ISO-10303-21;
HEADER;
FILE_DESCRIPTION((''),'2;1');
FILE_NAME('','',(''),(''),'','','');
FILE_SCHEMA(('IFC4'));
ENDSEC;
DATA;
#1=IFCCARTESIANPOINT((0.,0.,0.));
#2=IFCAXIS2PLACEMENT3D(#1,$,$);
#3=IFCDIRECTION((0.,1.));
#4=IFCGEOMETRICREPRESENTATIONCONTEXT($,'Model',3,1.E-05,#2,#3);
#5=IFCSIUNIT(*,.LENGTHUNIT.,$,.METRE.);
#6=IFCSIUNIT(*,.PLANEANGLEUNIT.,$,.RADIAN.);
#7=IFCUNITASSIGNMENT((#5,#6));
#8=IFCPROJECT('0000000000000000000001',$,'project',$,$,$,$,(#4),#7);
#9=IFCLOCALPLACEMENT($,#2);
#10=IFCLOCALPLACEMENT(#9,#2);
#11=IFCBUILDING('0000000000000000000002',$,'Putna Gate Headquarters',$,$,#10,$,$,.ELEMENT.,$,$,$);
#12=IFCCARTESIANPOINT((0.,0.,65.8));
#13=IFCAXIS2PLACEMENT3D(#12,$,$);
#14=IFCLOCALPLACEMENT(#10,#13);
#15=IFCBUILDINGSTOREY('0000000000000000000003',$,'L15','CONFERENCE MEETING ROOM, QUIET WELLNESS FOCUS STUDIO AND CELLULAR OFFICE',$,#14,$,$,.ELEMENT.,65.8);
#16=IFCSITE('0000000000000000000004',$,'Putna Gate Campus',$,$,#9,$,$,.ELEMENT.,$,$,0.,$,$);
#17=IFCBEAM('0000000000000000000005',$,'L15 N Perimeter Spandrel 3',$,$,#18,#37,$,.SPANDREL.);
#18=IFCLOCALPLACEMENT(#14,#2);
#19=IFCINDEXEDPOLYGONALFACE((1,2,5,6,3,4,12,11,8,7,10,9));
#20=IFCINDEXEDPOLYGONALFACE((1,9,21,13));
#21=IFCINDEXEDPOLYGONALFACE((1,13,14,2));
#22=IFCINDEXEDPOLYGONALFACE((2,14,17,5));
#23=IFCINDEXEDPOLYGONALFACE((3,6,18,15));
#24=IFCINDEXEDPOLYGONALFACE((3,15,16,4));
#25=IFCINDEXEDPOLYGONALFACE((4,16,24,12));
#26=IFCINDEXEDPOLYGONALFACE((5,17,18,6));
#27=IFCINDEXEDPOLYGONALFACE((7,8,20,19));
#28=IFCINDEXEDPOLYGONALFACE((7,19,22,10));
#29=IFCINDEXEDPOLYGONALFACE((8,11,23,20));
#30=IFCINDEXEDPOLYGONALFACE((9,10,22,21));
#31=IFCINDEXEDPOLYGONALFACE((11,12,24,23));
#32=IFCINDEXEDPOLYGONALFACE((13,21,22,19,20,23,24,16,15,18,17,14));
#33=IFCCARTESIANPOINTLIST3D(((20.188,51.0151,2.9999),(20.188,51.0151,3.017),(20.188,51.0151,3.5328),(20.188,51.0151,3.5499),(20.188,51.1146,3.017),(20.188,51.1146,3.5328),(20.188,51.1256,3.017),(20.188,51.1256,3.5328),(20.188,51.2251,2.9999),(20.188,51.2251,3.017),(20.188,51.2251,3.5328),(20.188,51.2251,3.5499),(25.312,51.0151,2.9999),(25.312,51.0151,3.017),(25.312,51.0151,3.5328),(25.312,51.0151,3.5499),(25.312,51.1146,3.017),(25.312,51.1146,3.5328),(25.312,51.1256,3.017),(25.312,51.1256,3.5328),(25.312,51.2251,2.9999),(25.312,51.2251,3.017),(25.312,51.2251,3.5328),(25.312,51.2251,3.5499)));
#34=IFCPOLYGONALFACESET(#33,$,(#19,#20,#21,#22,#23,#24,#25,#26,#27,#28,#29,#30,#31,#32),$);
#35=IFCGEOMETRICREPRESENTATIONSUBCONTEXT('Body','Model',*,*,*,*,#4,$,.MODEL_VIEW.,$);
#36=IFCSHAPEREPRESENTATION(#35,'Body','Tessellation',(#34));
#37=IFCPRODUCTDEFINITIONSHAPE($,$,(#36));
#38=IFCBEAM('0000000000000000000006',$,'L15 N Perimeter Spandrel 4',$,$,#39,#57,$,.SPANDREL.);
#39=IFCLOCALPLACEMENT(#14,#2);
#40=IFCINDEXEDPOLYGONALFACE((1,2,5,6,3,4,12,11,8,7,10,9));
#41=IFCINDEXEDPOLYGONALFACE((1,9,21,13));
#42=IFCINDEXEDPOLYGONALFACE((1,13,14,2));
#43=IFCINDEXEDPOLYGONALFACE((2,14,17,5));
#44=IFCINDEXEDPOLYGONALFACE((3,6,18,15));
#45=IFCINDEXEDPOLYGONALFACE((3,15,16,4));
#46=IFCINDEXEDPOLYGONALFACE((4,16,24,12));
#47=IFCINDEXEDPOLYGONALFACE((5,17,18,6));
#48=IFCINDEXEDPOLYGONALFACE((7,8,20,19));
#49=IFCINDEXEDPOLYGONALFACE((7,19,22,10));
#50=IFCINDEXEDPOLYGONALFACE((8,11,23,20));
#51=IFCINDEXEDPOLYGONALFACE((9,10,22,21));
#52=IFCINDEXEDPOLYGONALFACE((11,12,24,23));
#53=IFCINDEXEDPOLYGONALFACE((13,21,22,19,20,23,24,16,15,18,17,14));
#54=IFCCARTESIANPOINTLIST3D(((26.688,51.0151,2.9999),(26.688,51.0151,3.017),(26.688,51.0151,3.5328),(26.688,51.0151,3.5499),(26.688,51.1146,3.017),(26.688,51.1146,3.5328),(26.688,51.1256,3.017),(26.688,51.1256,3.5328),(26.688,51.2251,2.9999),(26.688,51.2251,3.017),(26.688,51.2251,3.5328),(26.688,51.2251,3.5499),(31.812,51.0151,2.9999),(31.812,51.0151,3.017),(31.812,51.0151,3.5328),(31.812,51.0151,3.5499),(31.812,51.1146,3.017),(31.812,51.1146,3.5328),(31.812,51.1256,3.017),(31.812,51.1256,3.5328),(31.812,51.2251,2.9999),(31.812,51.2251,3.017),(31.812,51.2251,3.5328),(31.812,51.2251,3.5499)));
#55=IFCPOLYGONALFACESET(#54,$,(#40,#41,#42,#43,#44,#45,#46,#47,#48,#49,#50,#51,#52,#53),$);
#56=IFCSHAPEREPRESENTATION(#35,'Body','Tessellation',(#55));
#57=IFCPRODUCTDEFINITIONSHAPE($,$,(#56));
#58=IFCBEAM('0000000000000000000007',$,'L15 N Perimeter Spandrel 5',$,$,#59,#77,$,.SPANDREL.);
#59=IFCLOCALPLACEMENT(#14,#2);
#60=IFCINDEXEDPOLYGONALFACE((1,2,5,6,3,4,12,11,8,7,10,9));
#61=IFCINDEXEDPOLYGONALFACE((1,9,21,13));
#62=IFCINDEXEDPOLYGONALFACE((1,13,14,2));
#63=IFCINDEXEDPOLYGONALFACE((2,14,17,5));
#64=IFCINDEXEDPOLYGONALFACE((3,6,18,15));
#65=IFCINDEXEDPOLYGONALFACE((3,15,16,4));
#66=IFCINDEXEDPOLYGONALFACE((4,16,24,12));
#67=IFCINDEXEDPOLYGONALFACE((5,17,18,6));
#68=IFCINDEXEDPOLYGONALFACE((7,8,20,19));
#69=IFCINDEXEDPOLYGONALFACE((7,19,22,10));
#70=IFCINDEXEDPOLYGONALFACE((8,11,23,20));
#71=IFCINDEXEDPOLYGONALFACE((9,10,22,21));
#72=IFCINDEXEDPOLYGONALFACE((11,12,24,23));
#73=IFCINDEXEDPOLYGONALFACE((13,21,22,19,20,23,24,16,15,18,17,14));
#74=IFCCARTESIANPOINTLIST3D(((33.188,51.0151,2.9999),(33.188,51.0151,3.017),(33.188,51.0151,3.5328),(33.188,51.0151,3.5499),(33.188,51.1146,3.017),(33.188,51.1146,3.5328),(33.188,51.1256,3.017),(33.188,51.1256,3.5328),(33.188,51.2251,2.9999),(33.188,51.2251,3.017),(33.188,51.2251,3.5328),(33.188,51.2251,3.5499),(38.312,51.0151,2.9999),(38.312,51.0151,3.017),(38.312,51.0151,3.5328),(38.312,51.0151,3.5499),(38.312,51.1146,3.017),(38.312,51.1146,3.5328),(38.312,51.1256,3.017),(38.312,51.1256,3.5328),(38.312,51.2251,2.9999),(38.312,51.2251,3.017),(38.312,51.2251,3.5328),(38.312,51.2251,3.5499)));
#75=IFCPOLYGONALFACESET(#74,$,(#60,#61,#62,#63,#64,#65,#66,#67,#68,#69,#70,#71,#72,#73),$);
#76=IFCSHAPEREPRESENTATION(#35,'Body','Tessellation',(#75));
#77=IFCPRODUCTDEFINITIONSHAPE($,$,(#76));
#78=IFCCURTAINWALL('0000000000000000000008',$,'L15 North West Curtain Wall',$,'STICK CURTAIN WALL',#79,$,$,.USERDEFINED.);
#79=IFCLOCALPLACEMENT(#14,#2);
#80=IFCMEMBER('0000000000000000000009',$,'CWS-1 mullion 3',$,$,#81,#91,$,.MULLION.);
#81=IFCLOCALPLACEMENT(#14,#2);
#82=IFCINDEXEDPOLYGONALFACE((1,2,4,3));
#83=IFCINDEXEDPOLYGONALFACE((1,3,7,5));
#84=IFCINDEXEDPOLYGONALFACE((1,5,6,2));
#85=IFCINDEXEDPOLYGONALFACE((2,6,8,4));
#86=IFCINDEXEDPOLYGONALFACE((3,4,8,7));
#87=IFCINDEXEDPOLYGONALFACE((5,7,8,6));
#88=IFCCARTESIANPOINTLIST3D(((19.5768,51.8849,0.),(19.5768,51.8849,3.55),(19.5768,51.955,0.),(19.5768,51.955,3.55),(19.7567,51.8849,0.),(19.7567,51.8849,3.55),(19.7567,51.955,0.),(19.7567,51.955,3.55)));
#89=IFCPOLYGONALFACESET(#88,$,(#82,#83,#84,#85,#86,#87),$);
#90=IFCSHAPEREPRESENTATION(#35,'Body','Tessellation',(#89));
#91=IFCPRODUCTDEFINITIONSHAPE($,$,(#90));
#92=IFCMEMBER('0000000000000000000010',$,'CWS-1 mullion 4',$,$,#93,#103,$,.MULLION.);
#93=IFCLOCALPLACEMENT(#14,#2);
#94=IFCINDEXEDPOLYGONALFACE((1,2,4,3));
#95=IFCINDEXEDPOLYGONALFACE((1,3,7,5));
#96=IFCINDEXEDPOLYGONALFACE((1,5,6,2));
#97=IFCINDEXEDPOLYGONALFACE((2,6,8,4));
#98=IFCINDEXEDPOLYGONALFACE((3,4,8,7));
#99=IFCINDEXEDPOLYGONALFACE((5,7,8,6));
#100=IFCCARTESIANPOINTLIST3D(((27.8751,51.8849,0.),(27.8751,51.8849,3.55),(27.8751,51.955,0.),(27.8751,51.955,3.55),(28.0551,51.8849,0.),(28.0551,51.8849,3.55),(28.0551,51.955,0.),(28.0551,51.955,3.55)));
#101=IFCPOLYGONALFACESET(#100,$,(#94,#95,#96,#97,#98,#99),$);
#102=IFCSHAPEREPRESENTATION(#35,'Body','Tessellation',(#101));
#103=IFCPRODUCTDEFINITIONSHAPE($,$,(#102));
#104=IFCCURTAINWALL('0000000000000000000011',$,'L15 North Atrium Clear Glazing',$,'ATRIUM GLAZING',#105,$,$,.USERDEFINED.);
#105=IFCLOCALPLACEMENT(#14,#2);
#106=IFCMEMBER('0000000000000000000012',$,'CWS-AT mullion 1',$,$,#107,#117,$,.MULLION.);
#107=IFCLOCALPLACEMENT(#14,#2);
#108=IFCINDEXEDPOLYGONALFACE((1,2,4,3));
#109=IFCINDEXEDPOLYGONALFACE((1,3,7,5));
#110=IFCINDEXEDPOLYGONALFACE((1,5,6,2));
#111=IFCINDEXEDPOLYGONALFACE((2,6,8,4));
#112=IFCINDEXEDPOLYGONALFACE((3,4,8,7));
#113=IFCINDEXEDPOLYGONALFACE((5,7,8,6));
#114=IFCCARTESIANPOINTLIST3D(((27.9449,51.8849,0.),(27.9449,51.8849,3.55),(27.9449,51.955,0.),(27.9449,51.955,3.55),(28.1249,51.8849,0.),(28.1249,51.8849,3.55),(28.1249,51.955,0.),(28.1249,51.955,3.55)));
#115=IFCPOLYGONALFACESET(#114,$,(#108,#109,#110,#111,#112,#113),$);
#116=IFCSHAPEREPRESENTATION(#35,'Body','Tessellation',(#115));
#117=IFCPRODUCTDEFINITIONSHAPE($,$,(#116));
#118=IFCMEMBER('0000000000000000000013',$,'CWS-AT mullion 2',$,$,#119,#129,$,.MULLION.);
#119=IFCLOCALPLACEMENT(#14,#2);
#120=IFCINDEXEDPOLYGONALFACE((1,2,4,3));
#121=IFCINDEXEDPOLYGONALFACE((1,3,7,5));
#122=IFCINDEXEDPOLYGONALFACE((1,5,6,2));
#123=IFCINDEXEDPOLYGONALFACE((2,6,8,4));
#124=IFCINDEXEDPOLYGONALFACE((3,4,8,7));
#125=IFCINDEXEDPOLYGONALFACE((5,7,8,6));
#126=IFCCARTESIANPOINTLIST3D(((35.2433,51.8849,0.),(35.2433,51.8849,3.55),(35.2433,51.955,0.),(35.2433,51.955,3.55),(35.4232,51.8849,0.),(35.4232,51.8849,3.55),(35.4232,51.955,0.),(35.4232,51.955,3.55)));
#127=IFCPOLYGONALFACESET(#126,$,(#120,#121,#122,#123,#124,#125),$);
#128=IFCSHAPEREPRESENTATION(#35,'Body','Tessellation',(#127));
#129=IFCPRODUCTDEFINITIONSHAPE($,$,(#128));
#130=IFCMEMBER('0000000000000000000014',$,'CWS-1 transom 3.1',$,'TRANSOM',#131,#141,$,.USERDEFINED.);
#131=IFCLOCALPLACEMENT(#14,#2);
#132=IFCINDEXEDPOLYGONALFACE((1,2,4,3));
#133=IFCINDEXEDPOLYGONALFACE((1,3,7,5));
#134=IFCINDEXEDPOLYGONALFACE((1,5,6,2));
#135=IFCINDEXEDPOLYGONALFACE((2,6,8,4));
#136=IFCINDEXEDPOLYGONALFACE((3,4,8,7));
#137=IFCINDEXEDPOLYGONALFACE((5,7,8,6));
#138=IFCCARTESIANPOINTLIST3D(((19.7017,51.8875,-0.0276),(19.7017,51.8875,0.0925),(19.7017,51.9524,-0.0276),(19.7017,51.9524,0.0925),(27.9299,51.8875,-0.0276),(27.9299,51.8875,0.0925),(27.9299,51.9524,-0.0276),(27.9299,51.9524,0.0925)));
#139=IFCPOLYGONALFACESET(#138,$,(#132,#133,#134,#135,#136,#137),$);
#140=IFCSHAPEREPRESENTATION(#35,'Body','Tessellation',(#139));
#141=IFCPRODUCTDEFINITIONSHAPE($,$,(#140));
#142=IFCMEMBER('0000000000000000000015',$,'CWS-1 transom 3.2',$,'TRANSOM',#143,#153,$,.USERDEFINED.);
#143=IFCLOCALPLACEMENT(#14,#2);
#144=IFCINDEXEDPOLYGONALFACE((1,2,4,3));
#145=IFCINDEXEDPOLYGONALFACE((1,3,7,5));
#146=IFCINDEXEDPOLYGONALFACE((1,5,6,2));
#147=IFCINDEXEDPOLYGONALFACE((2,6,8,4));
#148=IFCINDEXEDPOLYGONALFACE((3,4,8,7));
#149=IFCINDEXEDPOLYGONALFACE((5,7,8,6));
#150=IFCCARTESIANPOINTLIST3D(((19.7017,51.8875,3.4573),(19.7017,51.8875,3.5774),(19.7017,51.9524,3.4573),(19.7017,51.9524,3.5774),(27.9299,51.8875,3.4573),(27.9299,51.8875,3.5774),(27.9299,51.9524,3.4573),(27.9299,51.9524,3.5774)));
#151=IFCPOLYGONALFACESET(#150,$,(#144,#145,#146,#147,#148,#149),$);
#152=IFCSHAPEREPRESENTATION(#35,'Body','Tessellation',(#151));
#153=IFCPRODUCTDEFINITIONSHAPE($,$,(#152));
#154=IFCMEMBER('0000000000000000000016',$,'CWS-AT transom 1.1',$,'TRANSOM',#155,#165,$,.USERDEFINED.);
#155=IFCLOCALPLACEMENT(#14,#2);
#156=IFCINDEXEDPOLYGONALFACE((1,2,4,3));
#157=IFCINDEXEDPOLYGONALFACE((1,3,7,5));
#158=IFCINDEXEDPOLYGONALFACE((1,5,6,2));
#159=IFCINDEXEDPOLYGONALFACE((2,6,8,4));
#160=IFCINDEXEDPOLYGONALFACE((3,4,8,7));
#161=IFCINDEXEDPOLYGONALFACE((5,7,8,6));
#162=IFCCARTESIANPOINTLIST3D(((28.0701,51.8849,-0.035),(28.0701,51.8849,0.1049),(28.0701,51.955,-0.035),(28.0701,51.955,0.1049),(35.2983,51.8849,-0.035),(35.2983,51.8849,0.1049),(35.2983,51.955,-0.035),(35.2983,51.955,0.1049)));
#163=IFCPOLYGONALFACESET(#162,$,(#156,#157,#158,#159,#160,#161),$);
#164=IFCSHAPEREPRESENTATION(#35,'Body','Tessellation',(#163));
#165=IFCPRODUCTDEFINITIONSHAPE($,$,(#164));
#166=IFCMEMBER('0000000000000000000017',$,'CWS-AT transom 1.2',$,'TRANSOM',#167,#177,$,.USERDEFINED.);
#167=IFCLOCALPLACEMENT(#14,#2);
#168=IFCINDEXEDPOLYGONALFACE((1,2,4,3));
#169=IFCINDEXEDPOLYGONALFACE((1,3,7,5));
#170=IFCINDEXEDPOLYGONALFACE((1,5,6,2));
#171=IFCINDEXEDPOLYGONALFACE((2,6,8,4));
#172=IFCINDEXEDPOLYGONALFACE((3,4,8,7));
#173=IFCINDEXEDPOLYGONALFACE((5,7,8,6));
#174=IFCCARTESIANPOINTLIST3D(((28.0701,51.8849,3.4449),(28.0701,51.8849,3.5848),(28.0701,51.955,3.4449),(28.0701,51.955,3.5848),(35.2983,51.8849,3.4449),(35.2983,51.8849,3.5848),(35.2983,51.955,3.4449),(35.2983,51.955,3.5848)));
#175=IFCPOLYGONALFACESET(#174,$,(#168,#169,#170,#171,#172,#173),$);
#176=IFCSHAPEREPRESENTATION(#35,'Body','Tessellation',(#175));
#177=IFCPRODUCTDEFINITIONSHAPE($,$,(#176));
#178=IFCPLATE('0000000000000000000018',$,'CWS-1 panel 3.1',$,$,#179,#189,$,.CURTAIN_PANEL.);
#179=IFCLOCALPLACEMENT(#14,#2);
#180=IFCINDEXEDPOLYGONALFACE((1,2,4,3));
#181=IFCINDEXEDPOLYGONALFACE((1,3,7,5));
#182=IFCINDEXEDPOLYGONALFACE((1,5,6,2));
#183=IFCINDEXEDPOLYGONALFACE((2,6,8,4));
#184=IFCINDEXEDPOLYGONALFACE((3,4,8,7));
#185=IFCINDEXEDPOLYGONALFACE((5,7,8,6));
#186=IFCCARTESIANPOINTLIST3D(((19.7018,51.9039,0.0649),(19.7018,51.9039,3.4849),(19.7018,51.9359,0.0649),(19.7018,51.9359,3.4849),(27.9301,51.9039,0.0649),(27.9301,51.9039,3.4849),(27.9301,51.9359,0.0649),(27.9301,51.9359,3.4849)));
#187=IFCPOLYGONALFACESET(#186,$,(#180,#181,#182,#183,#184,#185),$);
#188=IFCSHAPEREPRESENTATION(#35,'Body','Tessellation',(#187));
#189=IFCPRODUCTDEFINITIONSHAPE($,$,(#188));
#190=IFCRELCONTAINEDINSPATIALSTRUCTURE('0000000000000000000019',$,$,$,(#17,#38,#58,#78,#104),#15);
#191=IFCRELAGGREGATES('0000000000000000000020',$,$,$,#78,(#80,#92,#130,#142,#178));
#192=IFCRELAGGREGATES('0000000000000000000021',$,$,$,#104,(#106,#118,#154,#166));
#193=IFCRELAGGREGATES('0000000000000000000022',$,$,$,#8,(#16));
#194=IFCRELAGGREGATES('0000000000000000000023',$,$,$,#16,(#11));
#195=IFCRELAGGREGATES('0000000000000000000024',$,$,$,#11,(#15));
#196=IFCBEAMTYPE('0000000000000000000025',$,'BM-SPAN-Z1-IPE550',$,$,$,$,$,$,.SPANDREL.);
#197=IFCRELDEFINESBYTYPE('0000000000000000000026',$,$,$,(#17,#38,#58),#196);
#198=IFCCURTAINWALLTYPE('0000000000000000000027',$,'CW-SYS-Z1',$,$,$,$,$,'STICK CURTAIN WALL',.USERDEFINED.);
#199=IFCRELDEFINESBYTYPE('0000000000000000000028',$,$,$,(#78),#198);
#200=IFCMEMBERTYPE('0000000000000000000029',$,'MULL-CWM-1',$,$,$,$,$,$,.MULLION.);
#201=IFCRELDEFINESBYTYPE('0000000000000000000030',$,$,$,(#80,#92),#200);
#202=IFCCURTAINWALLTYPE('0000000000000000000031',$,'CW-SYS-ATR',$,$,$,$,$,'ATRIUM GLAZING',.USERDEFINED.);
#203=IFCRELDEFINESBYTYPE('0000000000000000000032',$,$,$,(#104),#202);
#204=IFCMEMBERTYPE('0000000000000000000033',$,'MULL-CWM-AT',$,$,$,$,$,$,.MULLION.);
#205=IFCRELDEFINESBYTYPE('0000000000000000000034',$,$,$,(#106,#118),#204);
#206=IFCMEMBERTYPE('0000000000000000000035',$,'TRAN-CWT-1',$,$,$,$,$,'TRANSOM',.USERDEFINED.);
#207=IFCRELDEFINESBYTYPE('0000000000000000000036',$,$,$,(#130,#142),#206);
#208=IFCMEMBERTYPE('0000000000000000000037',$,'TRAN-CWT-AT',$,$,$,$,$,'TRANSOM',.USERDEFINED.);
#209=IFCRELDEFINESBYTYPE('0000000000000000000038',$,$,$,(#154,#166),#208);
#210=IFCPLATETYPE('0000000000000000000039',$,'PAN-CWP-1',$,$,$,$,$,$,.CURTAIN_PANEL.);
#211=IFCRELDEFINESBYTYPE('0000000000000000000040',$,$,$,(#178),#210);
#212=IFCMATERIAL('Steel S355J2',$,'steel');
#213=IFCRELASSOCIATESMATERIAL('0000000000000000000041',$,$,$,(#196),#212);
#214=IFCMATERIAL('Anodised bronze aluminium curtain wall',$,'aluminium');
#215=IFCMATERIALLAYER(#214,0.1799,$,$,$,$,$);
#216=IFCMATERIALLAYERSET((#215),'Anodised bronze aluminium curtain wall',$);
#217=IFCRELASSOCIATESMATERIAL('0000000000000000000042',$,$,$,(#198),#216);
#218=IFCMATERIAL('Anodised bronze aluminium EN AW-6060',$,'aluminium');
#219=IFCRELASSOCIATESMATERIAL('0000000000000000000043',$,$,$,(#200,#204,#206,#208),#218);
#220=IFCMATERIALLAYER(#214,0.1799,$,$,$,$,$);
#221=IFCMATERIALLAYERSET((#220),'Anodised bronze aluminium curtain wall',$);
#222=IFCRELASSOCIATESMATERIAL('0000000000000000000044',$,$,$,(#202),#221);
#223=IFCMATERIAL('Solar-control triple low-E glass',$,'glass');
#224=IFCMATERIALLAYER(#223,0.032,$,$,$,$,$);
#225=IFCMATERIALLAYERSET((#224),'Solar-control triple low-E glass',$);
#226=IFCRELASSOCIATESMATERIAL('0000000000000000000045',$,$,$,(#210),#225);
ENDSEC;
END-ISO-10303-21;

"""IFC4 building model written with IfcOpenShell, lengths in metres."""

from ifc_helpers import new_model, si_unit, direction, frame, origin, origin_2d, place, context, subcontext, project, spatial, rectangle, i_section, extrude, material, layer, layer_set, material_profile, profile_set, type_object, element, aggregate, save


model = new_model("IFC4")

# Units and contexts
model_context = context("Model", 3, precision=1e-05, world=origin(), true_north=direction((0.0, 1.0)))
body_context = subcontext(model_context, "Body", "Model", "MODEL_VIEW")
ifc_project = project(units=[si_unit("LENGTHUNIT", "METRE"), si_unit("PLANEANGLEUNIT", "RADIAN")], contexts=[model_context])

# Site, building, storey
site_placement = place(None, origin())
site = spatial("IfcSite", under=ifc_project, at=site_placement, Name="Putna Gate Campus", CompositionType="ELEMENT", RefElevation=0.0)
building_placement = place(site_placement, origin())
building = spatial("IfcBuilding", under=site, at=building_placement, Name="Putna Gate Headquarters", CompositionType="ELEMENT")
storey_placement = place(building_placement, frame((0.0, 0.0, 65.8)))
storey = spatial("IfcBuildingStorey", under=building, at=storey_placement, Name="L15", Description="CONFERENCE MEETING ROOM, QUIET WELLNESS FOCUS STUDIO AND CELLULAR OFFICE", CompositionType="ELEMENT", Elevation=65.8)

# Beams
ifc_material_1 = material(Name="Steel S355J2", Category="steel")
ifc_material_profile_1 = material_profile(ifc_material_1, i_section(OverallWidth=0.21, OverallDepth=0.55, WebThickness=0.011, FlangeThickness=0.0171, at=origin_2d()), Name="Steel S355J2")
ifc_profile_set_1 = profile_set([ifc_material_profile_1], Name="Steel S355J2")
beam_type_1 = type_object("IfcBeamType", Name="BM-SPAN-Z1-IPE550", PredefinedType="SPANDREL", material=ifc_profile_set_1)
for number, where, z_axis, x_axis, name in (
    (1, (20.188, 51.1201, 3.2749), (1.0, 0.0, 0.0), (0.0, 1.0, 0.0), "L15 N Perimeter Spandrel 3"),
    (2, (26.688, 51.1201, 3.2749), (1.0, 0.0, 0.0), (0.0, 1.0, 0.0), "L15 N Perimeter Spandrel 4"),
    (3, (33.188, 51.1201, 3.2749), (1.0, 0.0, 0.0), (0.0, 1.0, 0.0), "L15 N Perimeter Spandrel 5"),
):
    element("IfcBeam", number, at=place(storey_placement, frame(where, z_axis=z_axis, x_axis=x_axis)), inside=storey, type_object=beam_type_1, Name=name, PredefinedType="SPANDREL", context=body_context, shape_type="SweptSolid", body=[
        extrude(i_section(OverallWidth=0.21, OverallDepth=0.55, WebThickness=0.011, FlangeThickness=0.0171, at=origin_2d()), origin(), (0.0, 0.0, 1.0), 5.124),
    ])

# Curtain walls, members
ifc_material_2 = material(Name="Anodised bronze aluminium curtain wall", Category="aluminium")
ifc_layer_1 = layer(ifc_material_2, 0.1799)
ifc_layer_set_1 = layer_set([ifc_layer_1], Name="Anodised bronze aluminium curtain wall")
curtain_wall_type_1 = type_object("IfcCurtainWallType", Name="CW-SYS-Z1", ElementType="STICK CURTAIN WALL", PredefinedType="USERDEFINED", material=ifc_layer_set_1)
curtain_wall_1_placement = place(storey_placement, origin())
curtain_wall_1 = element("IfcCurtainWall", 4, at=curtain_wall_1_placement, inside=storey, type_object=curtain_wall_type_1, Name="L15 North West Curtain Wall", ObjectType="STICK CURTAIN WALL", PredefinedType="USERDEFINED")
ifc_material_3 = material(Name="Anodised bronze aluminium EN AW-6060", Category="aluminium")
ifc_material_profile_2 = material_profile(ifc_material_3, rectangle(XDim=0.0701, YDim=0.1799, at=origin_2d()), Name="Anodised bronze aluminium EN AW-6060")
ifc_profile_set_2 = profile_set([ifc_material_profile_2], Name="Anodised bronze aluminium EN AW-6060")
member_type_1 = type_object("IfcMemberType", Name="MULL-CWM-1", PredefinedType="MULLION", material=ifc_profile_set_2)
member_1_placement = place(storey_placement, frame((19.6667, 51.9199, 0.0), z_axis=(0.0, 0.0, 1.0), x_axis=(0.0, 1.0, 0.0)))
member_1 = element("IfcMember", 5, at=member_1_placement, type_object=member_type_1, Name="CWS-1 mullion 3", PredefinedType="MULLION", context=body_context, shape_type="SweptSolid", body=[
    extrude(rectangle(XDim=0.0701, YDim=0.1799, at=origin_2d()), origin(), (0.0, 0.0, 1.0), 3.55),
])
member_2_placement = place(storey_placement, frame((27.9651, 51.9199, 0.0), z_axis=(0.0, 0.0, 1.0), x_axis=(0.0, 1.0, 0.0)))
member_2 = element("IfcMember", 6, at=member_2_placement, type_object=member_type_1, Name="CWS-1 mullion 4", PredefinedType="MULLION", context=body_context, shape_type="SweptSolid", body=[
    extrude(rectangle(XDim=0.0701, YDim=0.1799, at=origin_2d()), origin(), (0.0, 0.0, 1.0), 3.55),
])
ifc_layer_2 = layer(ifc_material_2, 0.1799)
ifc_layer_set_2 = layer_set([ifc_layer_2], Name="Anodised bronze aluminium curtain wall")
curtain_wall_type_2 = type_object("IfcCurtainWallType", Name="CW-SYS-ATR", ElementType="ATRIUM GLAZING", PredefinedType="USERDEFINED", material=ifc_layer_set_2)
curtain_wall_2_placement = place(storey_placement, origin())
curtain_wall_2 = element("IfcCurtainWall", 7, at=curtain_wall_2_placement, inside=storey, type_object=curtain_wall_type_2, Name="L15 North Atrium Clear Glazing", ObjectType="ATRIUM GLAZING", PredefinedType="USERDEFINED")
ifc_material_profile_3 = material_profile(ifc_material_3, rectangle(XDim=0.0701, YDim=0.1799, at=origin_2d()), Name="Anodised bronze aluminium EN AW-6060")
ifc_profile_set_3 = profile_set([ifc_material_profile_3], Name="Anodised bronze aluminium EN AW-6060")
member_type_2 = type_object("IfcMemberType", Name="MULL-CWM-AT", PredefinedType="MULLION", material=ifc_profile_set_3)
member_3_placement = place(storey_placement, frame((28.0349, 51.9199, 0.0), z_axis=(0.0, 0.0, 1.0), x_axis=(0.0, 1.0, 0.0)))
member_3 = element("IfcMember", 8, at=member_3_placement, type_object=member_type_2, Name="CWS-AT mullion 1", PredefinedType="MULLION", context=body_context, shape_type="SweptSolid", body=[
    extrude(rectangle(XDim=0.0701, YDim=0.1799, at=origin_2d()), origin(), (0.0, 0.0, 1.0), 3.55),
])
member_4_placement = place(storey_placement, frame((35.3333, 51.9199, 0.0), z_axis=(0.0, 0.0, 1.0), x_axis=(0.0, 1.0, 0.0)))
member_4 = element("IfcMember", 9, at=member_4_placement, type_object=member_type_2, Name="CWS-AT mullion 2", PredefinedType="MULLION", context=body_context, shape_type="SweptSolid", body=[
    extrude(rectangle(XDim=0.0701, YDim=0.1799, at=origin_2d()), origin(), (0.0, 0.0, 1.0), 3.55),
])

# Members
ifc_material_profile_4 = material_profile(ifc_material_3, rectangle(XDim=0.0649, YDim=0.1201, at=origin_2d()), Name="Anodised bronze aluminium EN AW-6060")
ifc_profile_set_4 = profile_set([ifc_material_profile_4], Name="Anodised bronze aluminium EN AW-6060")
member_type_3 = type_object("IfcMemberType", Name="TRAN-CWT-1", ElementType="TRANSOM", PredefinedType="USERDEFINED", material=ifc_profile_set_4)
member_5_placement = place(storey_placement, frame((19.7017, 51.9199, 0.0325), z_axis=(1.0, 0.0, 0.0), x_axis=(0.0, 1.0, 0.0)))
member_5 = element("IfcMember", 10, at=member_5_placement, type_object=member_type_3, Name="CWS-1 transom 3.1", ObjectType="TRANSOM", PredefinedType="USERDEFINED", context=body_context, shape_type="SweptSolid", body=[
    extrude(rectangle(XDim=0.0649, YDim=0.1201, at=origin_2d()), origin(), (0.0, 0.0, 1.0), 8.2283),
])
member_6_placement = place(storey_placement, frame((19.7017, 51.9199, 3.5173), z_axis=(1.0, 0.0, 0.0), x_axis=(0.0, 1.0, 0.0)))
member_6 = element("IfcMember", 11, at=member_6_placement, type_object=member_type_3, Name="CWS-1 transom 3.2", ObjectType="TRANSOM", PredefinedType="USERDEFINED", context=body_context, shape_type="SweptSolid", body=[
    extrude(rectangle(XDim=0.0649, YDim=0.1201, at=origin_2d()), origin(), (0.0, 0.0, 1.0), 8.2283),
])
ifc_material_profile_5 = material_profile(ifc_material_3, rectangle(XDim=0.0701, YDim=0.1399, at=origin_2d()), Name="Anodised bronze aluminium EN AW-6060")
ifc_profile_set_5 = profile_set([ifc_material_profile_5], Name="Anodised bronze aluminium EN AW-6060")
member_type_4 = type_object("IfcMemberType", Name="TRAN-CWT-AT", ElementType="TRANSOM", PredefinedType="USERDEFINED", material=ifc_profile_set_5)
member_7_placement = place(storey_placement, frame((28.0701, 51.9199, 0.0349), z_axis=(1.0, 0.0, 0.0), x_axis=(0.0, 1.0, 0.0)))
member_7 = element("IfcMember", 12, at=member_7_placement, type_object=member_type_4, Name="CWS-AT transom 1.1", ObjectType="TRANSOM", PredefinedType="USERDEFINED", context=body_context, shape_type="SweptSolid", body=[
    extrude(rectangle(XDim=0.0701, YDim=0.1399, at=origin_2d()), origin(), (0.0, 0.0, 1.0), 7.2283),
])
member_8_placement = place(storey_placement, frame((28.0701, 51.9199, 3.5149), z_axis=(1.0, 0.0, 0.0), x_axis=(0.0, 1.0, 0.0)))
member_8 = element("IfcMember", 13, at=member_8_placement, type_object=member_type_4, Name="CWS-AT transom 1.2", ObjectType="TRANSOM", PredefinedType="USERDEFINED", context=body_context, shape_type="SweptSolid", body=[
    extrude(rectangle(XDim=0.0701, YDim=0.1399, at=origin_2d()), origin(), (0.0, 0.0, 1.0), 7.2283),
])

# Plate
ifc_material_4 = material(Name="Solar-control triple low-E glass", Category="glass")
ifc_layer_3 = layer(ifc_material_4, 0.032)
ifc_layer_set_3 = layer_set([ifc_layer_3], Name="Solar-control triple low-E glass")
plate_type_1 = type_object("IfcPlateType", Name="PAN-CWP-1", PredefinedType="CURTAIN_PANEL", material=ifc_layer_set_3)
plate_1_placement = place(storey_placement, frame((23.8159, 51.9199, 0.0649), z_axis=(0.0, 0.0, 1.0), x_axis=(1.0, 0.0, 0.0)))
plate_1 = element("IfcPlate", 14, at=plate_1_placement, type_object=plate_type_1, Name="CWS-1 panel 3.1", PredefinedType="CURTAIN_PANEL", context=body_context, shape_type="SweptSolid", body=[
    extrude(rectangle(XDim=8.2283, YDim=0.032, at=origin_2d()), origin(), (0.0, 0.0, 1.0), 3.4199),
])
aggregate(curtain_wall_1, [member_1, member_2, member_5, member_6, plate_1])
aggregate(curtain_wall_2, [member_3, member_4, member_7, member_8])

save(model, "model.ifc")
